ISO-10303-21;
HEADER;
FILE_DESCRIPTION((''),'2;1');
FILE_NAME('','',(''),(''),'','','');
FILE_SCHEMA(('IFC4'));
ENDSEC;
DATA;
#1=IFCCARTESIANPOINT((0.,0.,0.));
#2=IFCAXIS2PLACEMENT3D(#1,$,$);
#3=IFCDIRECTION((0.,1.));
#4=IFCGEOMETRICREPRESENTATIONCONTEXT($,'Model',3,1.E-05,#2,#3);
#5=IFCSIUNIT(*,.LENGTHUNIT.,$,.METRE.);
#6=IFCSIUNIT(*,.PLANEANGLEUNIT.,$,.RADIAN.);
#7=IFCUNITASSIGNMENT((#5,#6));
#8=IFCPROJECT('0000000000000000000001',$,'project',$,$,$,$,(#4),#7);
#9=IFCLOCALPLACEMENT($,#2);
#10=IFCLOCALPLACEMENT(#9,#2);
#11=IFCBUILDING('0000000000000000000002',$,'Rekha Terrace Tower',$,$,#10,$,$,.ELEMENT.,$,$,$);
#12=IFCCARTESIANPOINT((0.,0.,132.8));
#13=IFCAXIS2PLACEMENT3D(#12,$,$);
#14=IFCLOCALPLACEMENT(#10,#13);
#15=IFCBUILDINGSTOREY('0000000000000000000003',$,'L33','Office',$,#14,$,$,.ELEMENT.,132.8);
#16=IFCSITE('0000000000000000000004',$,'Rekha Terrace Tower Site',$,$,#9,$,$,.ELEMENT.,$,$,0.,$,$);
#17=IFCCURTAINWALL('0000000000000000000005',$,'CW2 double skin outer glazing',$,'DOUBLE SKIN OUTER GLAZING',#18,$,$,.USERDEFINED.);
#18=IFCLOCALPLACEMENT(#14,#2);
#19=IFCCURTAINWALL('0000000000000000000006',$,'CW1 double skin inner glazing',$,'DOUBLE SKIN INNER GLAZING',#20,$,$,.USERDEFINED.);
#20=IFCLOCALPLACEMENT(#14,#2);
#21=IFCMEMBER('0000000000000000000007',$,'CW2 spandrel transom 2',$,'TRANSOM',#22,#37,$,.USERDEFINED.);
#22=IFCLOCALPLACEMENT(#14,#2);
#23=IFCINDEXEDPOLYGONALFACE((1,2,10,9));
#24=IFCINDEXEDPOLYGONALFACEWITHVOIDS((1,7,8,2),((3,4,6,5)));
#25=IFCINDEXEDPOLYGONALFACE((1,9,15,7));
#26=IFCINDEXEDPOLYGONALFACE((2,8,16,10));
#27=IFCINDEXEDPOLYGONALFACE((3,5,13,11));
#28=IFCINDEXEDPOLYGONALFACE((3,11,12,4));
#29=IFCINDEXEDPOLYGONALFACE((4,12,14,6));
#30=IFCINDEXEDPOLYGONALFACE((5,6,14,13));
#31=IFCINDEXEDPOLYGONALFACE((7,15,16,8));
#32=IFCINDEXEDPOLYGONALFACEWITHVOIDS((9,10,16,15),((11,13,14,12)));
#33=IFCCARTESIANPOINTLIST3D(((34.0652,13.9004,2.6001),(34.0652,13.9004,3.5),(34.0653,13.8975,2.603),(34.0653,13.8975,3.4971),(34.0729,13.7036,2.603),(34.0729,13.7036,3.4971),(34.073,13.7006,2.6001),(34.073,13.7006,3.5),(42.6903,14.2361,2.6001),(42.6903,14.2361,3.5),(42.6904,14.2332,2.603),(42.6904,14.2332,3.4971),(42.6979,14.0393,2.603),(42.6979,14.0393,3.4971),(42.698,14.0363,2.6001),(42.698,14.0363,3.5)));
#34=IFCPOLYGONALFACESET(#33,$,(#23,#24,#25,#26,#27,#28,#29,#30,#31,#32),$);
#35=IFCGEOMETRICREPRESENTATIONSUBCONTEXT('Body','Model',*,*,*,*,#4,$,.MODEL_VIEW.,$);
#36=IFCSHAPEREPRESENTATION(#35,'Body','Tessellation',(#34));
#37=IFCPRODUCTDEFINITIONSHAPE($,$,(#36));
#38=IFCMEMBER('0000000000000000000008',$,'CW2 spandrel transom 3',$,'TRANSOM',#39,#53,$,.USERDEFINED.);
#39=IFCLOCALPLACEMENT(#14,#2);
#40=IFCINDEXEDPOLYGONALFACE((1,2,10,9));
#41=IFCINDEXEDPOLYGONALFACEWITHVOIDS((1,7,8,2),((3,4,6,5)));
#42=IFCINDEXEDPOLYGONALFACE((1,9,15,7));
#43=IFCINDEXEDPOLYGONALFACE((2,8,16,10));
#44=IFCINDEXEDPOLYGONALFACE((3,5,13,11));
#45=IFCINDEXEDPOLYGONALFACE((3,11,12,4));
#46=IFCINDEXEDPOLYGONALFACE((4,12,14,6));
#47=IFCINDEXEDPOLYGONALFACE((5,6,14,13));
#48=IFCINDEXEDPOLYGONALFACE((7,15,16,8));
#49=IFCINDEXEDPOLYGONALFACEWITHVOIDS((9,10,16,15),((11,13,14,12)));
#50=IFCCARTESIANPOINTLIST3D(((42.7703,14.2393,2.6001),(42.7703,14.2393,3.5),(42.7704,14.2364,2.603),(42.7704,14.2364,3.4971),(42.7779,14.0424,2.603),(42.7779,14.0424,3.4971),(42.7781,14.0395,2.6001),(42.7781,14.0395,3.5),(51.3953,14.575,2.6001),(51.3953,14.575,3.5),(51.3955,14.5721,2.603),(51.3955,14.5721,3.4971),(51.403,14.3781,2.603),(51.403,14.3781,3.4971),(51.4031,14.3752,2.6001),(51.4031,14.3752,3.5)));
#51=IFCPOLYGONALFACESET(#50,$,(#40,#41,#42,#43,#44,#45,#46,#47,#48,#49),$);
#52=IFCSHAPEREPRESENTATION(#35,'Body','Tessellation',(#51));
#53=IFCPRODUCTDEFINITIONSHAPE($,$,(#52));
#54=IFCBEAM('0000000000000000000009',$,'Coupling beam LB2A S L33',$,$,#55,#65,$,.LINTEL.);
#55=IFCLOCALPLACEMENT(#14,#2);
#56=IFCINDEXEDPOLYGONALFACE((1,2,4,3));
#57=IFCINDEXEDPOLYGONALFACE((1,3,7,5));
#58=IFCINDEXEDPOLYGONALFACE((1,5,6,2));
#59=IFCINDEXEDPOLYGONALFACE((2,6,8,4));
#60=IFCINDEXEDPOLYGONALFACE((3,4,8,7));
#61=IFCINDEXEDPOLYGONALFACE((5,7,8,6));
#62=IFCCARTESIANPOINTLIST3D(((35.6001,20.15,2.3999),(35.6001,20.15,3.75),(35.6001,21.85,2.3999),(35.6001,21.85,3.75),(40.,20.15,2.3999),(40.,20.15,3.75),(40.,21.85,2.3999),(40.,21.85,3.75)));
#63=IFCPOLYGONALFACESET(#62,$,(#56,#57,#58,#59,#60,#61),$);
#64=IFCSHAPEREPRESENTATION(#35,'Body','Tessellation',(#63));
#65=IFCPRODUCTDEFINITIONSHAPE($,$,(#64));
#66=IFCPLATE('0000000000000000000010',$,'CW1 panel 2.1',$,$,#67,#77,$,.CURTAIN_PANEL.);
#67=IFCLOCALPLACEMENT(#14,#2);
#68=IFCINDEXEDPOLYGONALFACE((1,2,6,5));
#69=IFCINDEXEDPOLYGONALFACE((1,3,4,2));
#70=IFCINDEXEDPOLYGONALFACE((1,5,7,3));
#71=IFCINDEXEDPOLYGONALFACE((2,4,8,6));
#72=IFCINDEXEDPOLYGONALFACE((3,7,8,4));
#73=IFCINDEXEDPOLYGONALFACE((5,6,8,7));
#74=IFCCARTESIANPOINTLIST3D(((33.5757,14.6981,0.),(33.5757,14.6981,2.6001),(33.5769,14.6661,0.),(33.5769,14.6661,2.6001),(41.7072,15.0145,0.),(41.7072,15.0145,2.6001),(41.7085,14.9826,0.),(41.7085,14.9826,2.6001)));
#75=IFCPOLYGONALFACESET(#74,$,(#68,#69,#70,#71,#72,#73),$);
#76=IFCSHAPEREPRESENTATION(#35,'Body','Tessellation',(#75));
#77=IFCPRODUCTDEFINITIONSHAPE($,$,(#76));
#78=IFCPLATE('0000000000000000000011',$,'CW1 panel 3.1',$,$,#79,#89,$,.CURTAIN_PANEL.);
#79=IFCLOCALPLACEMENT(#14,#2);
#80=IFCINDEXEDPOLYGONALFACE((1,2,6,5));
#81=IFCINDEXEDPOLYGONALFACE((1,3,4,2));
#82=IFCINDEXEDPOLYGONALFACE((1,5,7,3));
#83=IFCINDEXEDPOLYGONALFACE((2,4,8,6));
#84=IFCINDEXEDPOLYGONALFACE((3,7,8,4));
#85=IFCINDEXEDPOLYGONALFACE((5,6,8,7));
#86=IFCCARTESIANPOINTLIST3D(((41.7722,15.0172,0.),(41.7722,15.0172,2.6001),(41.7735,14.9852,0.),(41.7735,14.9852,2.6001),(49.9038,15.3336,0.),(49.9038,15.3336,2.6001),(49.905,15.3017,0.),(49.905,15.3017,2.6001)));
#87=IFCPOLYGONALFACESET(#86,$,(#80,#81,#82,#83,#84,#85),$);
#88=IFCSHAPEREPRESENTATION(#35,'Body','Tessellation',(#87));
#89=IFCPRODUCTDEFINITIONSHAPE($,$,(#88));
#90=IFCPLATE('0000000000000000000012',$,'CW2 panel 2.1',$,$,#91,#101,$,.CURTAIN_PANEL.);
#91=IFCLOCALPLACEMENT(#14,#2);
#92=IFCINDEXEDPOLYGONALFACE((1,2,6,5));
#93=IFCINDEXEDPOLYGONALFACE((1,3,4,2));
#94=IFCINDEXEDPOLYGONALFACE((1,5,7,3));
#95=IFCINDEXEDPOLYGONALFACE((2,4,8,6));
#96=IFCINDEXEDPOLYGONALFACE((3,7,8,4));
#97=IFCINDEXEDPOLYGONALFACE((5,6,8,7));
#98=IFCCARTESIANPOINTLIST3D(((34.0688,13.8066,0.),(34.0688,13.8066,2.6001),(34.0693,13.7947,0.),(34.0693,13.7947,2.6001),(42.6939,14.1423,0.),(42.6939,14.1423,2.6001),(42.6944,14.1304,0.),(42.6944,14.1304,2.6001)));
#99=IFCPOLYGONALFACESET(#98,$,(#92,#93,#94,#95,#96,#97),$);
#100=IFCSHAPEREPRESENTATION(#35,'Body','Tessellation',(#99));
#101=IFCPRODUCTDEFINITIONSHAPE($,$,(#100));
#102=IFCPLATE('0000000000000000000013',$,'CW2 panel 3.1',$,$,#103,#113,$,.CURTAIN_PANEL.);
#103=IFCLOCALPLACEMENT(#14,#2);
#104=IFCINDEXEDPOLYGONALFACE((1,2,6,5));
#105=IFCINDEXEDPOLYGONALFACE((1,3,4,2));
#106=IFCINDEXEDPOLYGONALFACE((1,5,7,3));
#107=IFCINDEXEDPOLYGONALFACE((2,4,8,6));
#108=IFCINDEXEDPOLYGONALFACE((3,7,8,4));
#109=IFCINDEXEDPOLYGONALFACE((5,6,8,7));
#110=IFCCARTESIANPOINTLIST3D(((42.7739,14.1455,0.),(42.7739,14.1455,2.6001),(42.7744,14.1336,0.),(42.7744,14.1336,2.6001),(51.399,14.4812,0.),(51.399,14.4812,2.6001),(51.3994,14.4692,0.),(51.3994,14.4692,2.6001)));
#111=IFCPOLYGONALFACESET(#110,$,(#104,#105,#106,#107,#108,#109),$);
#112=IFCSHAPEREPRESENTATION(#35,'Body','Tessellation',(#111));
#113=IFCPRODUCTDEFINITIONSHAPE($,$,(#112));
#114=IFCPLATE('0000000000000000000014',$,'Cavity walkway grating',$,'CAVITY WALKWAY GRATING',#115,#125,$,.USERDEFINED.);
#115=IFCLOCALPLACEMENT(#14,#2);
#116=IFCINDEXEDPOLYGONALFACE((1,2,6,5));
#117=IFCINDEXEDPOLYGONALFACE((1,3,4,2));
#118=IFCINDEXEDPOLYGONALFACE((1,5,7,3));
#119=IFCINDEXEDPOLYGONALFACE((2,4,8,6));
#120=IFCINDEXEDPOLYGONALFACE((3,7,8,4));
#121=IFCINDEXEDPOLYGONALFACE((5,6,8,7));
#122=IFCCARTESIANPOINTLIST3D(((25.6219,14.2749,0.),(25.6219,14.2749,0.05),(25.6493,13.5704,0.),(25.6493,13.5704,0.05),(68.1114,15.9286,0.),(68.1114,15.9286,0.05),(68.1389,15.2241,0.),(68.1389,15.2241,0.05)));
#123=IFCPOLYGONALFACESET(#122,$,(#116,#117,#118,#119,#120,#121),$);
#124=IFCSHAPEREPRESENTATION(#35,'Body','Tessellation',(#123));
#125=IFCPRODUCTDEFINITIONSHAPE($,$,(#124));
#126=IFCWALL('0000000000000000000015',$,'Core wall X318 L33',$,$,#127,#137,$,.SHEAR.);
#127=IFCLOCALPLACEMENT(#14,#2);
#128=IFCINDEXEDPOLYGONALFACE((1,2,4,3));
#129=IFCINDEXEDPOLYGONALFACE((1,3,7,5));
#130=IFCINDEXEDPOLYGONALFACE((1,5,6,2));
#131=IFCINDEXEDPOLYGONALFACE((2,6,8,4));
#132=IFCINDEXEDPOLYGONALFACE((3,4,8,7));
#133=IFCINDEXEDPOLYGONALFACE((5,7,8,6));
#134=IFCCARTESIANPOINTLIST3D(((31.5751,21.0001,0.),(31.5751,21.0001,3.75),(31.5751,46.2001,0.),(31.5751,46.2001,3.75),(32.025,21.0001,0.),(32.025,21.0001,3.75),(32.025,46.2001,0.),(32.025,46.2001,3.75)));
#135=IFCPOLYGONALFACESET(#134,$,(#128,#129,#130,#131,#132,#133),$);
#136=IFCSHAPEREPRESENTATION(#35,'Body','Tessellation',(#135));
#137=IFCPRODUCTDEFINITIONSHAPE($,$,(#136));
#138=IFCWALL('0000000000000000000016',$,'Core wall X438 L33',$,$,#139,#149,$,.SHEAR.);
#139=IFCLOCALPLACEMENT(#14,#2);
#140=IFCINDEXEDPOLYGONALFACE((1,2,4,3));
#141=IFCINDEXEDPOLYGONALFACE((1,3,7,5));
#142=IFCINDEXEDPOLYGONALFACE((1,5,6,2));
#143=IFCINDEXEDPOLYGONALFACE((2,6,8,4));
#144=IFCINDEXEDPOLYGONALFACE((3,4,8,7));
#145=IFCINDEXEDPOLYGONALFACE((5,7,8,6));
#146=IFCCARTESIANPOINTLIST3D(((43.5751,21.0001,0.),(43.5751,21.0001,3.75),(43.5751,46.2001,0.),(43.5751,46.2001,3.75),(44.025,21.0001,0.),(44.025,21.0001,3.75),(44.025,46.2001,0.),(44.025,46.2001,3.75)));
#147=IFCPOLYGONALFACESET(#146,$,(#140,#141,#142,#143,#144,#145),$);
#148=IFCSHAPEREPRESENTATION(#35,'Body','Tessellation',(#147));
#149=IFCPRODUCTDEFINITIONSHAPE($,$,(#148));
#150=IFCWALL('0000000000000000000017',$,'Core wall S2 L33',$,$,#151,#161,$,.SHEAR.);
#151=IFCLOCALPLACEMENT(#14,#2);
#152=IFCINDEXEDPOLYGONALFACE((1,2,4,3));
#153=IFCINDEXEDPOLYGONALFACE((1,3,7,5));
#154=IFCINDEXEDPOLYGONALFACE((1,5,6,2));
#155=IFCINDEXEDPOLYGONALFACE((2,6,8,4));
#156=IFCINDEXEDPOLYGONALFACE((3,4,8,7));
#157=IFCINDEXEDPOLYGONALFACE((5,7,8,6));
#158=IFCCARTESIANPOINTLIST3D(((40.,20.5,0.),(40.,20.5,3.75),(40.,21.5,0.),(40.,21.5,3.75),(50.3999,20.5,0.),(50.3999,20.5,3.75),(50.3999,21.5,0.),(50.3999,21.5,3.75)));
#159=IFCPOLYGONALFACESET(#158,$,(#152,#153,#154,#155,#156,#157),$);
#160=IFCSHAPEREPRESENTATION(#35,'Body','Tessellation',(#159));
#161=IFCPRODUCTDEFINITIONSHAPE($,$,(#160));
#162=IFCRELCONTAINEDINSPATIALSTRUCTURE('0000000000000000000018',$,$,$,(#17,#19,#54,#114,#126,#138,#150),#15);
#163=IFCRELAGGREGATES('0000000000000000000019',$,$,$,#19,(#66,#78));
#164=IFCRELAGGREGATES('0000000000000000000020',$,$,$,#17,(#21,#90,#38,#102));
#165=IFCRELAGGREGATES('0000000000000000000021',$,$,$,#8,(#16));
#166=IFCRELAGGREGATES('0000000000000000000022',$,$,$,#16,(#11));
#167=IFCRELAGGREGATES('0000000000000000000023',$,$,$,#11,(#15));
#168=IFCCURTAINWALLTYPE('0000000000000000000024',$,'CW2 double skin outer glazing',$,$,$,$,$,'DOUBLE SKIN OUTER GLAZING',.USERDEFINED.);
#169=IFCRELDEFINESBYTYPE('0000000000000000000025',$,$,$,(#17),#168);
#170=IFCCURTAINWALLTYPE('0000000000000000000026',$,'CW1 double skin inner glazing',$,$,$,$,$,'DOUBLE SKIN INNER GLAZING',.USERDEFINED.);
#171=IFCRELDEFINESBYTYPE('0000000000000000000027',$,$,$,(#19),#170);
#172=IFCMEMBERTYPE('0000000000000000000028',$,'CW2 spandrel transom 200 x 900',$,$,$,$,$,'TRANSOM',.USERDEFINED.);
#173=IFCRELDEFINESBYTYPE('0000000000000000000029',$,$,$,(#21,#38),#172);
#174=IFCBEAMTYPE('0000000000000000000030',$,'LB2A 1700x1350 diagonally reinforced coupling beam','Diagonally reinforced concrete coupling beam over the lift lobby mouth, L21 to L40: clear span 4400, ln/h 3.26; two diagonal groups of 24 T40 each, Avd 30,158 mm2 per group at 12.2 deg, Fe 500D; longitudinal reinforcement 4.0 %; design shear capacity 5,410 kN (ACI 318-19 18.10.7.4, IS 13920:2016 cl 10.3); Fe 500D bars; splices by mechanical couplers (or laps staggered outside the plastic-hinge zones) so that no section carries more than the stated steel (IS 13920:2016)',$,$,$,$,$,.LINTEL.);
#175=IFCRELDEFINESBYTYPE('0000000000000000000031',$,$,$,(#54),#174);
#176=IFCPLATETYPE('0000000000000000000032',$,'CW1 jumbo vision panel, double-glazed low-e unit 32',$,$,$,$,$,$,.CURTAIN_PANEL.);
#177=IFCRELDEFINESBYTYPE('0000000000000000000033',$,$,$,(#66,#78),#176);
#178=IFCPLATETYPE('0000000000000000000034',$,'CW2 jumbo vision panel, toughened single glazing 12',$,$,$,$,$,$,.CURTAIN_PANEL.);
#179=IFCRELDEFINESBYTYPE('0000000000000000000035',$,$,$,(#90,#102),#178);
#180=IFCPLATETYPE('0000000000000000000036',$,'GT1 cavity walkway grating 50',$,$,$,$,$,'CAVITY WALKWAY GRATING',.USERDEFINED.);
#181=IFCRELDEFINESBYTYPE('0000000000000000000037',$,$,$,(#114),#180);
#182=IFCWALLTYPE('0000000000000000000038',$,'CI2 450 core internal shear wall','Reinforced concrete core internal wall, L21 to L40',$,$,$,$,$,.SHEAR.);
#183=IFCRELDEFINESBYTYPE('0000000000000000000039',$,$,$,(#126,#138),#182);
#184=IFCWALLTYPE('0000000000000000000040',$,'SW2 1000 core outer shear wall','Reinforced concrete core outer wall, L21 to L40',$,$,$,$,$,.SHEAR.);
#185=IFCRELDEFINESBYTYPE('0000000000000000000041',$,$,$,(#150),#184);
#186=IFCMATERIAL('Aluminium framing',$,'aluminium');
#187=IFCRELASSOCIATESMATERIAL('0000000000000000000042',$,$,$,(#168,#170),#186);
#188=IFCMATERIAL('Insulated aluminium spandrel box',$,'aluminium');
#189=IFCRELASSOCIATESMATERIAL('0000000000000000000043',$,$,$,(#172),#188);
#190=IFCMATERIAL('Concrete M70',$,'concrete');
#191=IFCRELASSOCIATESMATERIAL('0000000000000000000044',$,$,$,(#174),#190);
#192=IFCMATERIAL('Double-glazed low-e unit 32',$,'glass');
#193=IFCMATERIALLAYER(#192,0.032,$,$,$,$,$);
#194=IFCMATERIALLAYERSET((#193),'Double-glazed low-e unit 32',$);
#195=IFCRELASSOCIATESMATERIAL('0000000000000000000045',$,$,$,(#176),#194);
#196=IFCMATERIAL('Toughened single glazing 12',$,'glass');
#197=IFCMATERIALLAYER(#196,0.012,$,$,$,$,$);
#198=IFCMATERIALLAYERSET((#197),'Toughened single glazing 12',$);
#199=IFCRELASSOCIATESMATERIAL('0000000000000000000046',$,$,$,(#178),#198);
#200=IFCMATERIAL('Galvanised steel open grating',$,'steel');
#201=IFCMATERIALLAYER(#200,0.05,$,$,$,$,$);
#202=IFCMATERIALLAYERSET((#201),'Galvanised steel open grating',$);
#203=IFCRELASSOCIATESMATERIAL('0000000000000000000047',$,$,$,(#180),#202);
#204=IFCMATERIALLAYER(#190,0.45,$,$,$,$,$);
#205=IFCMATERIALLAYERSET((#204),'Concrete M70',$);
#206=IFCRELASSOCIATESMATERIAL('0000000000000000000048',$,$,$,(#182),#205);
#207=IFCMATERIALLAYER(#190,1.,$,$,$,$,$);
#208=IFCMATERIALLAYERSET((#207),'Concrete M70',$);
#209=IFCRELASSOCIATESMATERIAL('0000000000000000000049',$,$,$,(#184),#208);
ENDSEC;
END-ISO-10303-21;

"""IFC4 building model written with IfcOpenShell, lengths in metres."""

from ifc_helpers import new_model, si_unit, direction, frame, frame_2d, origin, origin_2d, place, context, subcontext, project, spatial, rectangle, hollow_rectangle, extrude, material, layer, layer_set, material_profile, profile_set, type_object, element, aggregate, save


model = new_model("IFC4")

# Units and contexts
model_context = context("Model", 3, precision=1e-05, world=origin(), true_north=direction((0.0, 1.0)))
body_context = subcontext(model_context, "Body", "Model", "MODEL_VIEW")
ifc_project = project(units=[si_unit("LENGTHUNIT", "METRE"), si_unit("PLANEANGLEUNIT", "RADIAN")], contexts=[model_context])

# Site, building, storey
site_placement = place(None, origin())
site = spatial("IfcSite", under=ifc_project, at=site_placement, Name="Rekha Terrace Tower Site", CompositionType="ELEMENT", RefElevation=0.0)
building_placement = place(site_placement, origin())
building = spatial("IfcBuilding", under=site, at=building_placement, Name="Rekha Terrace Tower", CompositionType="ELEMENT")
storey_placement = place(building_placement, frame((0.0, 0.0, 132.8)))
storey = spatial("IfcBuildingStorey", under=building, at=storey_placement, Name="L33", Description="Office", CompositionType="ELEMENT", Elevation=132.8)

# Shared definitions
ifc_material_1 = material(Name="Concrete M70", Category="concrete")

# Curtain walls
ifc_material_2 = material(Name="Aluminium framing", Category="aluminium")
curtain_wall_type_1 = type_object("IfcCurtainWallType", Name="CW2 double skin outer glazing", ElementType="DOUBLE SKIN OUTER GLAZING", PredefinedType="USERDEFINED", material=ifc_material_2)
curtain_wall_1_placement = place(storey_placement, origin())
curtain_wall_1 = element("IfcCurtainWall", 1, at=curtain_wall_1_placement, inside=storey, type_object=curtain_wall_type_1, Name="CW2 double skin outer glazing", ObjectType="DOUBLE SKIN OUTER GLAZING", PredefinedType="USERDEFINED")
curtain_wall_type_2 = type_object("IfcCurtainWallType", Name="CW1 double skin inner glazing", ElementType="DOUBLE SKIN INNER GLAZING", PredefinedType="USERDEFINED", material=ifc_material_2)
curtain_wall_2_placement = place(storey_placement, origin())
curtain_wall_2 = element("IfcCurtainWall", 2, at=curtain_wall_2_placement, inside=storey, type_object=curtain_wall_type_2, Name="CW1 double skin inner glazing", ObjectType="DOUBLE SKIN INNER GLAZING", PredefinedType="USERDEFINED")
ifc_material_3 = material(Name="Insulated aluminium spandrel box", Category="aluminium")

# Members
ifc_material_profile_1 = material_profile(ifc_material_3, hollow_rectangle(XDim=0.2, YDim=0.8999, WallThickness=0.0029, at=origin_2d()), Name="AL SPANDREL BOX 200x900")
ifc_profile_set_1 = profile_set([ifc_material_profile_1], Name="Insulated aluminium spandrel box")
member_type_1 = type_object("IfcMemberType", Name="CW2 spandrel transom 200 x 900", ElementType="TRANSOM", PredefinedType="USERDEFINED", material=ifc_profile_set_1)
member_1_placement = place(storey_placement, frame((34.0691, 13.8005, 3.05), z_axis=(0.999243, 0.038892, 0.0), x_axis=(-0.038892, 0.999243, 0.0)))
member_1 = element("IfcMember", 3, at=member_1_placement, type_object=member_type_1, Name="CW2 spandrel transom 2", ObjectType="TRANSOM", PredefinedType="USERDEFINED", context=body_context, shape_type="SweptSolid", body=[
    extrude(hollow_rectangle(XDim=0.2, YDim=0.8999, WallThickness=0.0029, at=origin_2d()), origin(), (0.0, 0.0, 1.0), 8.6316),
])
member_2_placement = place(storey_placement, frame((42.7742, 14.1394, 3.05), z_axis=(0.999243, 0.038892, 0.0), x_axis=(-0.038892, 0.999243, 0.0)))
member_2 = element("IfcMember", 4, at=member_2_placement, type_object=member_type_1, Name="CW2 spandrel transom 3", ObjectType="TRANSOM", PredefinedType="USERDEFINED", context=body_context, shape_type="SweptSolid", body=[
    extrude(hollow_rectangle(XDim=0.2, YDim=0.8999, WallThickness=0.0029, at=origin_2d()), origin(), (0.0, 0.0, 1.0), 8.6316),
])

# Beam
ifc_material_profile_2 = material_profile(ifc_material_1, rectangle(XDim=1.7, YDim=1.3501, at=origin_2d()), Name="RC 1700x1350")
ifc_profile_set_2 = profile_set([ifc_material_profile_2], Name="Concrete M70")
beam_type = type_object("IfcBeamType", Name="LB2A 1700x1350 diagonally reinforced coupling beam", Description="Diagonally reinforced concrete coupling beam over the lift lobby mouth, L21 to L40: clear span 4400, ln/h 3.26; two diagonal groups of 24 T40 each, Avd 30,158 mm2 per group at 12.2 deg, Fe 500D; longitudinal reinforcement 4.0 %; design shear capacity 5,410 kN (ACI 318-19 18.10.7.4, IS 13920:2016 cl 10.3); Fe 500D bars; splices by mechanical couplers (or laps staggered outside the plastic-hinge zones) so that no section carries more than the stated steel (IS 13920:2016)", PredefinedType="LINTEL", material=ifc_profile_set_2)
beam_placement = place(storey_placement, frame((35.6001, 21.0, 3.075), z_axis=(1.0, 0.0, 0.0), x_axis=(0.0, 1.0, 0.0)))
element("IfcBeam", 5, at=beam_placement, inside=storey, type_object=beam_type, Name="Coupling beam LB2A S L33", PredefinedType="LINTEL", context=body_context, shape_type="SweptSolid", body=[
    extrude(rectangle(XDim=1.7, YDim=1.3501, at=origin_2d()), origin(), (0.0, 0.0, 1.0), 4.3999),
])

# Plates
ifc_material_4 = material(Name="Double-glazed low-e unit 32", Category="glass")
ifc_layer_1 = layer(ifc_material_4, 0.032)
ifc_layer_set_1 = layer_set([ifc_layer_1], Name="Double-glazed low-e unit 32")
plate_type_1 = type_object("IfcPlateType", Name="CW1 jumbo vision panel, double-glazed low-e unit 32", PredefinedType="CURTAIN_PANEL", material=ifc_layer_set_1)
plate_1_placement = place(storey_placement, frame((37.6421, 14.8403, 0.0), z_axis=(0.0, 0.0, 1.0), x_axis=(0.999243, 0.03889, 0.0)))
plate_1 = element("IfcPlate", 6, at=plate_1_placement, type_object=plate_type_1, Name="CW1 panel 2.1", PredefinedType="CURTAIN_PANEL", context=body_context, shape_type="SweptSolid", body=[
    extrude(rectangle(XDim=8.1377, YDim=0.032, at=origin_2d()), origin(), (0.0, 0.0, 1.0), 2.6001),
])
plate_2_placement = place(storey_placement, frame((45.8386, 15.1594, 0.0), z_axis=(0.0, 0.0, 1.0), x_axis=(0.999243, 0.03889, 0.0)))
plate_2 = element("IfcPlate", 7, at=plate_2_placement, type_object=plate_type_1, Name="CW1 panel 3.1", PredefinedType="CURTAIN_PANEL", context=body_context, shape_type="SweptSolid", body=[
    extrude(rectangle(XDim=8.1377, YDim=0.032, at=origin_2d()), origin(), (0.0, 0.0, 1.0), 2.6001),
])
aggregate(curtain_wall_2, [plate_1, plate_2])
ifc_material_5 = material(Name="Toughened single glazing 12", Category="glass")
ifc_layer_2 = layer(ifc_material_5, 0.012)
ifc_layer_set_2 = layer_set([ifc_layer_2], Name="Toughened single glazing 12")
plate_type_2 = type_object("IfcPlateType", Name="CW2 jumbo vision panel, toughened single glazing 12", PredefinedType="CURTAIN_PANEL", material=ifc_layer_set_2)
plate_3_placement = place(storey_placement, frame((38.3816, 13.9685, 0.0), z_axis=(0.0, 0.0, 1.0), x_axis=(0.999243, 0.03889, 0.0)))
plate_3 = element("IfcPlate", 8, at=plate_3_placement, type_object=plate_type_2, Name="CW2 panel 2.1", PredefinedType="CURTAIN_PANEL", context=body_context, shape_type="SweptSolid", body=[
    extrude(rectangle(XDim=8.6316, YDim=0.012, at=origin_2d()), origin(), (0.0, 0.0, 1.0), 2.6001),
])
plate_4_placement = place(storey_placement, frame((47.0867, 14.3074, 0.0), z_axis=(0.0, 0.0, 1.0), x_axis=(0.999243, 0.03889, 0.0)))
plate_4 = element("IfcPlate", 9, at=plate_4_placement, type_object=plate_type_2, Name="CW2 panel 3.1", PredefinedType="CURTAIN_PANEL", context=body_context, shape_type="SweptSolid", body=[
    extrude(rectangle(XDim=8.6316, YDim=0.012, at=origin_2d()), origin(), (0.0, 0.0, 1.0), 2.6001),
])
aggregate(curtain_wall_1, [member_1, plate_3, member_2, plate_4])
ifc_material_6 = material(Name="Galvanised steel open grating", Category="steel")
ifc_layer_3 = layer(ifc_material_6, 0.05)
ifc_layer_set_3 = layer_set([ifc_layer_3], Name="Galvanised steel open grating")
plate_type_3 = type_object("IfcPlateType", Name="GT1 cavity walkway grating 50", ElementType="CAVITY WALKWAY GRATING", PredefinedType="USERDEFINED", material=ifc_layer_set_3)
plate_5_placement = place(storey_placement, frame((46.8804, 14.7495, 0.0), z_axis=(0.0, 0.0, 1.0), x_axis=(0.999243, 0.03889, 0.0)))
element("IfcPlate", 10, at=plate_5_placement, inside=storey, type_object=plate_type_3, Name="Cavity walkway grating", ObjectType="CAVITY WALKWAY GRATING", PredefinedType="USERDEFINED", context=body_context, shape_type="SweptSolid", body=[
    extrude(rectangle(XDim=42.5217, YDim=0.7051, at=origin_2d()), origin(), (0.0, 0.0, 1.0), 0.05),
])

# Walls
ifc_layer_4 = layer(ifc_material_1, 0.45)
ifc_layer_set_4 = layer_set([ifc_layer_4], Name="Concrete M70")
wall_type_1 = type_object("IfcWallType", Name="CI2 450 core internal shear wall", Description="Reinforced concrete core internal wall, L21 to L40", PredefinedType="SHEAR", material=ifc_layer_set_4)
for number, where, z_axis, x_axis, name in (
    (11, (31.8, 21.0, 0.0), (0.0, 0.0, 1.0), (0.0, 1.0, 0.0), "Core wall X318 L33"),
    (12, (43.8, 21.0, 0.0), (0.0, 0.0, 1.0), (0.0, 1.0, 0.0), "Core wall X438 L33"),
):
    element("IfcWall", number, at=place(storey_placement, frame(where, z_axis=z_axis, x_axis=x_axis)), inside=storey, type_object=wall_type_1, Name=name, PredefinedType="SHEAR", context=body_context, shape_type="SweptSolid", body=[
        extrude(rectangle(XDim=25.2, YDim=0.45, at=frame_2d((12.6001, 0.0))), origin(), (0.0, 0.0, 1.0), 3.75),
    ])
ifc_layer_5 = layer(ifc_material_1, 1.0)
ifc_layer_set_5 = layer_set([ifc_layer_5], Name="Concrete M70")
wall_type_2 = type_object("IfcWallType", Name="SW2 1000 core outer shear wall", Description="Reinforced concrete core outer wall, L21 to L40", PredefinedType="SHEAR", material=ifc_layer_set_5)
wall_1_placement = place(storey_placement, frame((40.0, 21.0, 0.0), z_axis=(0.0, 0.0, 1.0), x_axis=(1.0, 0.0, 0.0)))
element("IfcWall", 13, at=wall_1_placement, inside=storey, type_object=wall_type_2, Name="Core wall S2 L33", PredefinedType="SHEAR", context=body_context, shape_type="SweptSolid", body=[
    extrude(rectangle(XDim=10.3999, YDim=1.0, at=frame_2d((5.2, 0.0))), origin(), (0.0, 0.0, 1.0), 3.75),
])

save(model, "model.ifc")
